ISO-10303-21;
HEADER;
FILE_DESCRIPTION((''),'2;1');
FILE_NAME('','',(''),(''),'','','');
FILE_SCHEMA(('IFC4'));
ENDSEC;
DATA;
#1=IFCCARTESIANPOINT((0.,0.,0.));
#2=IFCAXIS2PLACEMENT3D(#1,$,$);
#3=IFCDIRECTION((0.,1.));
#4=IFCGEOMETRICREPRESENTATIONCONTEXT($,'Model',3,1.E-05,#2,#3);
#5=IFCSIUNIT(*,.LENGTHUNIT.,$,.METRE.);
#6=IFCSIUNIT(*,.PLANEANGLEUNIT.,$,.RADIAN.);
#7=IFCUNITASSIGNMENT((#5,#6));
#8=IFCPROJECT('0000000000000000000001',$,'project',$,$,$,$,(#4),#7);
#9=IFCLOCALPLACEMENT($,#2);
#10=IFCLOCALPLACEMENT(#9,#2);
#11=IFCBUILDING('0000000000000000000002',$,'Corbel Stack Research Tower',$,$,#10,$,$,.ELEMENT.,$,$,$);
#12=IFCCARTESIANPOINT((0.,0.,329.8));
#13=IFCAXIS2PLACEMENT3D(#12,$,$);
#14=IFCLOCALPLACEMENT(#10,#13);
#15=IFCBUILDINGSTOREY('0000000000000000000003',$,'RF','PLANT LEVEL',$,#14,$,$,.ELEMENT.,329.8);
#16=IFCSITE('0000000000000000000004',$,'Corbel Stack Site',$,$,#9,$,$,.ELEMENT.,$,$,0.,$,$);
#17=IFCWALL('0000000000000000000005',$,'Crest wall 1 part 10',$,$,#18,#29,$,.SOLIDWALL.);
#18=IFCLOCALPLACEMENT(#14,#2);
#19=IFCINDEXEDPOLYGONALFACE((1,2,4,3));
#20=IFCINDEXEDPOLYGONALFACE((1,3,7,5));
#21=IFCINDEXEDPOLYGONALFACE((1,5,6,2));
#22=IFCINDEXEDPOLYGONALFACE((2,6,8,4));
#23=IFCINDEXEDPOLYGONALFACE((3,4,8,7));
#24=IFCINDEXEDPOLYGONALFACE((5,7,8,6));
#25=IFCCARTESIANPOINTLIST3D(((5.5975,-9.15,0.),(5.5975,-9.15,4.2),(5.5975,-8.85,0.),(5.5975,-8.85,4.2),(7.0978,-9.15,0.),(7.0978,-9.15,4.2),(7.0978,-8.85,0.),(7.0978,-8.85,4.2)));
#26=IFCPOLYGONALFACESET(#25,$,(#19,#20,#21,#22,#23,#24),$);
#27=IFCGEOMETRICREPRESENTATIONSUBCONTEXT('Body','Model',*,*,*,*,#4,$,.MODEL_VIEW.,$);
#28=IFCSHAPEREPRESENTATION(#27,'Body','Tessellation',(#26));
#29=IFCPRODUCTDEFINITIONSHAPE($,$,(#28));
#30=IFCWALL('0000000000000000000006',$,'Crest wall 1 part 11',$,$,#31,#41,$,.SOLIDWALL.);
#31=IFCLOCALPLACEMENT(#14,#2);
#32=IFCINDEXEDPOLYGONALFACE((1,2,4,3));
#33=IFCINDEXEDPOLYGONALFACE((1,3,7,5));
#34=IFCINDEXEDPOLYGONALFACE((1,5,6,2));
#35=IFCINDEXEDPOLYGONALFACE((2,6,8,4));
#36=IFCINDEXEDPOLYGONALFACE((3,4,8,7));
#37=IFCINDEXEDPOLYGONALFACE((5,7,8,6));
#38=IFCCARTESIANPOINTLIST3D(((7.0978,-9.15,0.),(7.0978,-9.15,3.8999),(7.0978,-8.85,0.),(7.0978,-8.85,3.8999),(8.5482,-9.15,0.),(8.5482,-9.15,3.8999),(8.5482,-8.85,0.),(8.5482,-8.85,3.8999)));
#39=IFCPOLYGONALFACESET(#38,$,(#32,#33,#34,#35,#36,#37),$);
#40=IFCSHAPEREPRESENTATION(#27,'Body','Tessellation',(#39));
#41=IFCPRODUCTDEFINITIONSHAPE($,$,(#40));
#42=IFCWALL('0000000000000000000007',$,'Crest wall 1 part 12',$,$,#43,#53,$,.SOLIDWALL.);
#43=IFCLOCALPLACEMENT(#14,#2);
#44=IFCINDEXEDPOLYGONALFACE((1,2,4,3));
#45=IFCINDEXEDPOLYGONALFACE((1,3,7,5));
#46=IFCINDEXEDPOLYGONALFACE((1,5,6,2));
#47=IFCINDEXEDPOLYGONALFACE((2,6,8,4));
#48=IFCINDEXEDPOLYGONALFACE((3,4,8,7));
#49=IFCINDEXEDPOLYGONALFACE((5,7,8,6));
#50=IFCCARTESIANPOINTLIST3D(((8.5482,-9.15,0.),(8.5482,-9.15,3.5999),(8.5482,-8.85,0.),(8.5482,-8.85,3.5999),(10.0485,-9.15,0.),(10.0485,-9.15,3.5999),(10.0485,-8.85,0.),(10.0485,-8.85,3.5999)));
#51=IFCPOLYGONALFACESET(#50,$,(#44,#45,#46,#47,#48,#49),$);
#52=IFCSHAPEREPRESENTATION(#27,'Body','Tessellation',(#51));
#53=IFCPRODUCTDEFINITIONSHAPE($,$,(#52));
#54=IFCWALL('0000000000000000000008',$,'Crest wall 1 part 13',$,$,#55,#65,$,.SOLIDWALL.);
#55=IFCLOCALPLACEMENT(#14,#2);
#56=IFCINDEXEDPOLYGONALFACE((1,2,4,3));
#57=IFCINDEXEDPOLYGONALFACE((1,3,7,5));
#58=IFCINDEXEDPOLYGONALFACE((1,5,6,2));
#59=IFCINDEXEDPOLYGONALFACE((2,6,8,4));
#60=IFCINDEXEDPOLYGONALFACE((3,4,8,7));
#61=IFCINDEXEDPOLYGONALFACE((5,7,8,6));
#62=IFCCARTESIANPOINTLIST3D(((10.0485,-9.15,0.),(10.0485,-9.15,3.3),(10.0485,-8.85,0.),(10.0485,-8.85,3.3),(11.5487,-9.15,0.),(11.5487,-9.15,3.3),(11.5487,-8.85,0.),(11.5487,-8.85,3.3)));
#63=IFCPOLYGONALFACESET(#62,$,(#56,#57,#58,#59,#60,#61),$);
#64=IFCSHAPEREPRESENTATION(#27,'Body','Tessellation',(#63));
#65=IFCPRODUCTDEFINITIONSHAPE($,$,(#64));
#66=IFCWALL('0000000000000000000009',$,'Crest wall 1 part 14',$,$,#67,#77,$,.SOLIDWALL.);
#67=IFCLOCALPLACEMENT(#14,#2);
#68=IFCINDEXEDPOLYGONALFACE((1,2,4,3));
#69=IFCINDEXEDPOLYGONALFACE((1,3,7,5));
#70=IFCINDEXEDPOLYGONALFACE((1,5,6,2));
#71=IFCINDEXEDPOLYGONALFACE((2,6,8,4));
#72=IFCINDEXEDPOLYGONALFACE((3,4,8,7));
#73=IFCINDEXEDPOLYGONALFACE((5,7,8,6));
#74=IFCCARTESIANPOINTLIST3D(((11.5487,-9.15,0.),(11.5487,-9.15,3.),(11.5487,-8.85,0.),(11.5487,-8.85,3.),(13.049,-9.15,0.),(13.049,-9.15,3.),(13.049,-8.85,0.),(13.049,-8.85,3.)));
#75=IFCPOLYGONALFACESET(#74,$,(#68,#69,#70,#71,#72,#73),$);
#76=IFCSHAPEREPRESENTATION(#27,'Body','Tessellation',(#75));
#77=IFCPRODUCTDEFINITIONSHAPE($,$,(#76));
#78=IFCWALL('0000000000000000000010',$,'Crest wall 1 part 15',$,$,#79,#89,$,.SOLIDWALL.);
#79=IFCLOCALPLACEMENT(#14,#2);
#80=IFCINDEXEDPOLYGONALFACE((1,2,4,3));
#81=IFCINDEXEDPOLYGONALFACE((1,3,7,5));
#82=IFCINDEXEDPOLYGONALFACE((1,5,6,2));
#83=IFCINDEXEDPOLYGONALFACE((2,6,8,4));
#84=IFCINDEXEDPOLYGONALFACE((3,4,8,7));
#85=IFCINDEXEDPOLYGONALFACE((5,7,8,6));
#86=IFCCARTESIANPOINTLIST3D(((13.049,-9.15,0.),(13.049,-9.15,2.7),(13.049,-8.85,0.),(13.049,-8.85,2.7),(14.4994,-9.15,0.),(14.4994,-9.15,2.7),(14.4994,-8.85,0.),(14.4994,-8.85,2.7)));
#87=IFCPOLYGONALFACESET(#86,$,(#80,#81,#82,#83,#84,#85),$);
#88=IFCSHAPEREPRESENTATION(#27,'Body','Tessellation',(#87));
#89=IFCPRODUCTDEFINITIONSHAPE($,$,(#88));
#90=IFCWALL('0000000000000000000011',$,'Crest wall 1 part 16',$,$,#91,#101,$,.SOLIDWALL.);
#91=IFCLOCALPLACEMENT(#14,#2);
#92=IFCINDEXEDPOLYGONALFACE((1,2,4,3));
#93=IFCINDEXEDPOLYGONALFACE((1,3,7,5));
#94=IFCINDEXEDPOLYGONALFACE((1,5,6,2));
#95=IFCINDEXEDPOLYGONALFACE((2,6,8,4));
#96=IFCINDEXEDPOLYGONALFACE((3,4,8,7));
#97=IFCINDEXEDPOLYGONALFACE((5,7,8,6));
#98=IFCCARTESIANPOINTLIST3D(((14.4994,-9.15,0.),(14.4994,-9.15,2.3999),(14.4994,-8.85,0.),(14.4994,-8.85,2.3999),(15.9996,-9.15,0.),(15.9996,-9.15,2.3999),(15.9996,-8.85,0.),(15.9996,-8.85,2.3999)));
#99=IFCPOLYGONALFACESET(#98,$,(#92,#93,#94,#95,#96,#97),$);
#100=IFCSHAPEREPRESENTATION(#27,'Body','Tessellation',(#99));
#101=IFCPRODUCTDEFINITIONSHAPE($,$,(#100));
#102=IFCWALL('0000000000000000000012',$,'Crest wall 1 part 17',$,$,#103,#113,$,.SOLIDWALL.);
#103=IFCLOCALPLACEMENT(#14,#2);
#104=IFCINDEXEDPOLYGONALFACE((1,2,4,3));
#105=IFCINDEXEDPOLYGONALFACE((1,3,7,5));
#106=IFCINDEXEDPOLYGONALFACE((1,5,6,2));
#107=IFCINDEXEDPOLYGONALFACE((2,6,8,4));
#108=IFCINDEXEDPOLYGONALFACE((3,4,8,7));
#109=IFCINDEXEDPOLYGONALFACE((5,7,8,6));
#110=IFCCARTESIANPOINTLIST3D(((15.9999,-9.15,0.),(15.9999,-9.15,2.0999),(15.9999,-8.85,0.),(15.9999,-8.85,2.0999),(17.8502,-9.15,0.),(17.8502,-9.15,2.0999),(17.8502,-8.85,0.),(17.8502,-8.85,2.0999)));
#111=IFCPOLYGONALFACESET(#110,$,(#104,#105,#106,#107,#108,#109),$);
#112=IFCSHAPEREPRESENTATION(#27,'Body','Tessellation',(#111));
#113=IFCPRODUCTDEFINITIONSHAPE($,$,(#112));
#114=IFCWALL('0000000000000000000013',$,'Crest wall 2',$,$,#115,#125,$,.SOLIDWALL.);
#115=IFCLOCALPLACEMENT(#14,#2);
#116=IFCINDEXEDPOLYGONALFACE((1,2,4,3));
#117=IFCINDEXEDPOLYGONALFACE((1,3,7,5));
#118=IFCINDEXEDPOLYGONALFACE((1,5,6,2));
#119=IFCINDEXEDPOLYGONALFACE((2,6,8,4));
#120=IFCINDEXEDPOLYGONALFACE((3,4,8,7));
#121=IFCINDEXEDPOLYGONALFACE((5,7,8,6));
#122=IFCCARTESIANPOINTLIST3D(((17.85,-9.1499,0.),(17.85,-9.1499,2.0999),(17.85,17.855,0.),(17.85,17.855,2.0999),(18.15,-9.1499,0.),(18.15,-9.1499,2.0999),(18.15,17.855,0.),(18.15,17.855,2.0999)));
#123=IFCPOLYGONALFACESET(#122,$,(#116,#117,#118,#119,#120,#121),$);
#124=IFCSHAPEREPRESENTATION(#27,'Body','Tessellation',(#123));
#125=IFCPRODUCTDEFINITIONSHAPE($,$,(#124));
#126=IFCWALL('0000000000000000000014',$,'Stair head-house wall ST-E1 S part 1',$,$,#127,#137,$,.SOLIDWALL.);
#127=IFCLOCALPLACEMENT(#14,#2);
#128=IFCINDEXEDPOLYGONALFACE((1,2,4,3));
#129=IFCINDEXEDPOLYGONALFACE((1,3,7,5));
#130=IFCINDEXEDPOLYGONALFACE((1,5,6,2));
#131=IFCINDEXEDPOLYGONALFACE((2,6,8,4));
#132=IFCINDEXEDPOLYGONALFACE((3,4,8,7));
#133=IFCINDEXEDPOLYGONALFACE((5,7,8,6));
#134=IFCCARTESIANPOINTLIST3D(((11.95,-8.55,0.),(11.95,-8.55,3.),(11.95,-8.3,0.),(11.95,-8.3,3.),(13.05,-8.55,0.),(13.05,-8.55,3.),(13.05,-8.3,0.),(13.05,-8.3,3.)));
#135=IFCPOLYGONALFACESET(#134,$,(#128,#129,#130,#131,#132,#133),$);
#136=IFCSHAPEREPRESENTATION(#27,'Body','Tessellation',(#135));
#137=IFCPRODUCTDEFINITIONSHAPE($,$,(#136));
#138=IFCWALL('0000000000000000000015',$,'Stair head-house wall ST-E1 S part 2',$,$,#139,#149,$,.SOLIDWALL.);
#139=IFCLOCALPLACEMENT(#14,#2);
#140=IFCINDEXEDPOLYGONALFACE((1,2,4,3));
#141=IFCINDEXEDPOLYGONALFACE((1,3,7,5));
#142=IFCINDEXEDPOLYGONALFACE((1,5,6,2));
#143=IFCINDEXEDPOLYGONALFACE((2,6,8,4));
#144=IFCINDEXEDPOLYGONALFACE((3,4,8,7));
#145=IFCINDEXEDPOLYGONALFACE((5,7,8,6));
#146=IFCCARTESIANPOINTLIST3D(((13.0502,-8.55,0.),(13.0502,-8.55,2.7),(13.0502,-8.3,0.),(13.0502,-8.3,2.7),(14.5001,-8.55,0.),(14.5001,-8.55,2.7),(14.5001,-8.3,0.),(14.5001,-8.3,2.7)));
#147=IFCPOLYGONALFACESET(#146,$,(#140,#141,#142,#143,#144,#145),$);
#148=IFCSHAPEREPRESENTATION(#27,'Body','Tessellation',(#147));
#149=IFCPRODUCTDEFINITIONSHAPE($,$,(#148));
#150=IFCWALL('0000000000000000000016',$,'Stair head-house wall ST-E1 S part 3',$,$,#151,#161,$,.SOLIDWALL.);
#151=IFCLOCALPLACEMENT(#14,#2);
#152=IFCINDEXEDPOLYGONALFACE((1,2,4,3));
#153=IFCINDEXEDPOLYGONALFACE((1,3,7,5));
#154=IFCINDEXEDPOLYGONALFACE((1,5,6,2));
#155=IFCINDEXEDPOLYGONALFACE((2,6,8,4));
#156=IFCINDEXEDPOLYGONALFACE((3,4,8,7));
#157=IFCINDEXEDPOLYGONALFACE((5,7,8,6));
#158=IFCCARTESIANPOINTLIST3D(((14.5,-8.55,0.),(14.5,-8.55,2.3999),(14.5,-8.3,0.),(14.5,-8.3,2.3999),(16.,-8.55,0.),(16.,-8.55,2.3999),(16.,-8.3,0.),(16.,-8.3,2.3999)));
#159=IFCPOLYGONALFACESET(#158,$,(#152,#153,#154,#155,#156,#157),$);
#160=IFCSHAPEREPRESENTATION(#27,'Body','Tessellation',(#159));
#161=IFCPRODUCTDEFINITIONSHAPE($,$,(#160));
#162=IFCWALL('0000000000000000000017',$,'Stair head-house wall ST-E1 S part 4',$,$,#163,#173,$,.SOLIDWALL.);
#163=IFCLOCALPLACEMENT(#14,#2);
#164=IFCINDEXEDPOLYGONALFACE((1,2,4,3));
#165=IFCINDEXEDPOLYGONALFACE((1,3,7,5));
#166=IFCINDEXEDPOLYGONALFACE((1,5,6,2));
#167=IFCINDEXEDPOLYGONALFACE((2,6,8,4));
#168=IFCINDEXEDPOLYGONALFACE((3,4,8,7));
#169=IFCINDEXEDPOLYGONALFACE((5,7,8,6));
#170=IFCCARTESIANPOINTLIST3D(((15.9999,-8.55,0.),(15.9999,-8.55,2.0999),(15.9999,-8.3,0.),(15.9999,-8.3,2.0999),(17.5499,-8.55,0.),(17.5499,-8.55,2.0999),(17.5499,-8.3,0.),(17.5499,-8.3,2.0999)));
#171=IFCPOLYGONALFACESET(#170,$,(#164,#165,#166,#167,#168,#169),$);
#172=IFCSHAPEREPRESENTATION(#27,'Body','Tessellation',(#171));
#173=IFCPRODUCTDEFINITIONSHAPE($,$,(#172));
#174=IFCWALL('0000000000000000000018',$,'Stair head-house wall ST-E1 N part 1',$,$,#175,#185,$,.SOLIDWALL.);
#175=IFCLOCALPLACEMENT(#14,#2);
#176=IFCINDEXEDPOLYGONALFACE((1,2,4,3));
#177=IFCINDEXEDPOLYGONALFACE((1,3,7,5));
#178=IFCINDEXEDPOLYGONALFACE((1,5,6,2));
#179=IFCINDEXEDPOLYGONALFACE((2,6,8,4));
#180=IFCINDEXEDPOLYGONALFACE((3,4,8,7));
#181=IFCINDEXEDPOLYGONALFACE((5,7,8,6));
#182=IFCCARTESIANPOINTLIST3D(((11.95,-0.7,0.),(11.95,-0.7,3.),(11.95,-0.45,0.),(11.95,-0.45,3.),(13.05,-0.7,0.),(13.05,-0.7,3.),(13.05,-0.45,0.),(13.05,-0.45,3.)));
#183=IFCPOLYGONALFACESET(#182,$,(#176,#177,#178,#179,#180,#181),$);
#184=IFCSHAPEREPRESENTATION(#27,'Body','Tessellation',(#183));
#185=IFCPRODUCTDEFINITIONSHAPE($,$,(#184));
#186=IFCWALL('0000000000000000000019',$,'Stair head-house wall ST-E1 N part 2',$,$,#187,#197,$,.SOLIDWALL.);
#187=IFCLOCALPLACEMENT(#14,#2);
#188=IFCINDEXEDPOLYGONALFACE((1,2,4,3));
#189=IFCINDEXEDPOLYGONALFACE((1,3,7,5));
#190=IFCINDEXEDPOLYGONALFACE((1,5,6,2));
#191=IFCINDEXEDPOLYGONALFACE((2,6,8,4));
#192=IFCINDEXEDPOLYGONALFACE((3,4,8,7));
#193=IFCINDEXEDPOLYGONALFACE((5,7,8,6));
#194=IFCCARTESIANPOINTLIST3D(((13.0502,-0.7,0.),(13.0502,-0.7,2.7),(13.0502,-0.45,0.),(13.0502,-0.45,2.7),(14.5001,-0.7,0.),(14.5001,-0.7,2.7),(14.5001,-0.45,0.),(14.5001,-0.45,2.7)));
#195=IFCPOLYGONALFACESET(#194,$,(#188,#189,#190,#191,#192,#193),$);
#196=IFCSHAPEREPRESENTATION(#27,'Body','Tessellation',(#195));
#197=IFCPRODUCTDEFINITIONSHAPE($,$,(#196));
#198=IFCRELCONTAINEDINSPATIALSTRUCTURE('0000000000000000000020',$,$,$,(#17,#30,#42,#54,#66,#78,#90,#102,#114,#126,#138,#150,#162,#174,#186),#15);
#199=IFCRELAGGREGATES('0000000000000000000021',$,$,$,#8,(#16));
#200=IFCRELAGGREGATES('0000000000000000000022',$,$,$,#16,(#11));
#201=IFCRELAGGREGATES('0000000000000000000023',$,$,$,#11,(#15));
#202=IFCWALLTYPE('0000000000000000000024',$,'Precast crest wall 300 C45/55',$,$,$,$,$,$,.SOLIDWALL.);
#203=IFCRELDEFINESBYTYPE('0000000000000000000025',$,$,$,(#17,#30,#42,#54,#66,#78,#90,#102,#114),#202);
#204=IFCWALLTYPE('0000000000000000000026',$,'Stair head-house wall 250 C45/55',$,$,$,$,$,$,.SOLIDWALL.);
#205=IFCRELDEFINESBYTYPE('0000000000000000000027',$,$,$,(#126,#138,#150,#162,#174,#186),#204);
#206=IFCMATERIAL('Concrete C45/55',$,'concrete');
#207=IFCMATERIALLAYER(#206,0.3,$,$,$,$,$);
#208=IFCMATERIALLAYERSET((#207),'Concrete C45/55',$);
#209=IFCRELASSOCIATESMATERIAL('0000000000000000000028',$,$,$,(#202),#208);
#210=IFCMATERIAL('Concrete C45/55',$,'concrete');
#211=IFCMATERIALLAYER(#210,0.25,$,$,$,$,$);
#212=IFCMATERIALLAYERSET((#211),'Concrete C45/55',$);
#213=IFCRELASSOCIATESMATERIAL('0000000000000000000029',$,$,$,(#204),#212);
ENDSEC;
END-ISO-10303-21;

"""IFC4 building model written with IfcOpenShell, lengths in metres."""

from ifc_helpers import new_model, si_unit, direction, frame, frame_2d, origin, place, context, subcontext, project, spatial, rectangle, extrude, material, layer, layer_set, type_object, element, save


model = new_model("IFC4")

# Units and contexts
model_context = context("Model", 3, precision=1e-05, world=origin(), true_north=direction((0.0, 1.0)))
body_context = subcontext(model_context, "Body", "Model", "MODEL_VIEW")
ifc_project = project(units=[si_unit("LENGTHUNIT", "METRE"), si_unit("PLANEANGLEUNIT", "RADIAN")], contexts=[model_context])

# Site, building, storey
site_placement = place(None, origin())
site = spatial("IfcSite", under=ifc_project, at=site_placement, Name="Corbel Stack Site", CompositionType="ELEMENT", RefElevation=0.0)
building_placement = place(site_placement, origin())
building = spatial("IfcBuilding", under=site, at=building_placement, Name="Corbel Stack Research Tower", CompositionType="ELEMENT")
storey_placement = place(building_placement, frame((0.0, 0.0, 329.8)))
storey = spatial("IfcBuildingStorey", under=building, at=storey_placement, Name="RF", Description="PLANT LEVEL", CompositionType="ELEMENT", Elevation=329.8)

# Walls
ifc_material_1 = material(Name="Concrete C45/55", Category="concrete")
ifc_layer_1 = layer(ifc_material_1, 0.3)
ifc_layer_set_1 = layer_set([ifc_layer_1], Name="Concrete C45/55")
wall_type_1 = type_object("IfcWallType", Name="Precast crest wall 300 C45/55", PredefinedType="SOLIDWALL", material=ifc_layer_set_1)
wall_1_placement = place(storey_placement, frame((5.5977, -9.0, 0.0), z_axis=(0.0, 0.0, 1.0), x_axis=(1.0, 0.0, 0.0)))
element("IfcWall", 1, at=wall_1_placement, inside=storey, type_object=wall_type_1, Name="Crest wall 1 part 10", PredefinedType="SOLIDWALL", context=body_context, shape_type="SweptSolid", body=[
    extrude(rectangle(XDim=1.5002, YDim=0.3, at=frame_2d((0.75, 0.0))), origin(), (0.0, 0.0, 1.0), 4.2),
])
wall_2_placement = place(storey_placement, frame((7.0979, -9.0, 0.0), z_axis=(0.0, 0.0, 1.0), x_axis=(1.0, 0.0, 0.0)))
element("IfcWall", 2, at=wall_2_placement, inside=storey, type_object=wall_type_1, Name="Crest wall 1 part 11", PredefinedType="SOLIDWALL", context=body_context, shape_type="SweptSolid", body=[
    extrude(rectangle(XDim=1.4504, YDim=0.3, at=frame_2d((0.7251, 0.0))), origin(), (0.0, 0.0, 1.0), 3.8999),
])
wall_3_placement = place(storey_placement, frame((8.5483, -9.0, 0.0), z_axis=(0.0, 0.0, 1.0), x_axis=(1.0, 0.0, 0.0)))
element("IfcWall", 3, at=wall_3_placement, inside=storey, type_object=wall_type_1, Name="Crest wall 1 part 12", PredefinedType="SOLIDWALL", context=body_context, shape_type="SweptSolid", body=[
    extrude(rectangle(XDim=1.5002, YDim=0.3, at=frame_2d((0.75, 0.0))), origin(), (0.0, 0.0, 1.0), 3.5999),
])
wall_4_placement = place(storey_placement, frame((10.0486, -9.0, 0.0), z_axis=(0.0, 0.0, 1.0), x_axis=(1.0, 0.0, 0.0)))
element("IfcWall", 4, at=wall_4_placement, inside=storey, type_object=wall_type_1, Name="Crest wall 1 part 13", PredefinedType="SOLIDWALL", context=body_context, shape_type="SweptSolid", body=[
    extrude(rectangle(XDim=1.5002, YDim=0.3, at=frame_2d((0.75, 0.0))), origin(), (0.0, 0.0, 1.0), 3.3),
])
wall_5_placement = place(storey_placement, frame((11.5488, -9.0, 0.0), z_axis=(0.0, 0.0, 1.0), x_axis=(1.0, 0.0, 0.0)))
element("IfcWall", 5, at=wall_5_placement, inside=storey, type_object=wall_type_1, Name="Crest wall 1 part 14", PredefinedType="SOLIDWALL", context=body_context, shape_type="SweptSolid", body=[
    extrude(rectangle(XDim=1.5002, YDim=0.3, at=frame_2d((0.75, 0.0))), origin(), (0.0, 0.0, 1.0), 3.0),
])
wall_6_placement = place(storey_placement, frame((13.0491, -9.0, 0.0), z_axis=(0.0, 0.0, 1.0), x_axis=(1.0, 0.0, 0.0)))
element("IfcWall", 6, at=wall_6_placement, inside=storey, type_object=wall_type_1, Name="Crest wall 1 part 15", PredefinedType="SOLIDWALL", context=body_context, shape_type="SweptSolid", body=[
    extrude(rectangle(XDim=1.4504, YDim=0.3, at=frame_2d((0.7251, 0.0))), origin(), (0.0, 0.0, 1.0), 2.7),
])
wall_7_placement = place(storey_placement, frame((14.4995, -9.0, 0.0), z_axis=(0.0, 0.0, 1.0), x_axis=(1.0, 0.0, 0.0)))
element("IfcWall", 7, at=wall_7_placement, inside=storey, type_object=wall_type_1, Name="Crest wall 1 part 16", PredefinedType="SOLIDWALL", context=body_context, shape_type="SweptSolid", body=[
    extrude(rectangle(XDim=1.5002, YDim=0.3, at=frame_2d((0.75, 0.0))), origin(), (0.0, 0.0, 1.0), 2.3999),
])
wall_8_placement = place(storey_placement, frame((15.9998, -9.0, 0.0), z_axis=(0.0, 0.0, 1.0), x_axis=(1.0, 0.0, 0.0)))
element("IfcWall", 8, at=wall_8_placement, inside=storey, type_object=wall_type_1, Name="Crest wall 1 part 17", PredefinedType="SOLIDWALL", context=body_context, shape_type="SweptSolid", body=[
    extrude(rectangle(XDim=1.8503, YDim=0.3, at=frame_2d((0.9253, 0.0))), origin(), (0.0, 0.0, 1.0), 2.0999),
])
wall_9_placement = place(storey_placement, frame((18.0, -9.1499, 0.0), z_axis=(0.0, 0.0, 1.0), x_axis=(0.0, 1.0, 0.0)))
element("IfcWall", 9, at=wall_9_placement, inside=storey, type_object=wall_type_1, Name="Crest wall 2", PredefinedType="SOLIDWALL", context=body_context, shape_type="SweptSolid", body=[
    extrude(rectangle(XDim=27.0049, YDim=0.3, at=frame_2d((13.5024, 0.0))), origin(), (0.0, 0.0, 1.0), 2.0999),
])
ifc_material_2 = material(Name="Concrete C45/55", Category="concrete")
ifc_layer_2 = layer(ifc_material_2, 0.25)
ifc_layer_set_2 = layer_set([ifc_layer_2], Name="Concrete C45/55")
wall_type_2 = type_object("IfcWallType", Name="Stair head-house wall 250 C45/55", PredefinedType="SOLIDWALL", material=ifc_layer_set_2)
wall_10_placement = place(storey_placement, frame((11.95, -8.425, 0.0), z_axis=(0.0, 0.0, 1.0), x_axis=(1.0, 0.0, 0.0)))
element("IfcWall", 10, at=wall_10_placement, inside=storey, type_object=wall_type_2, Name="Stair head-house wall ST-E1 S part 1", PredefinedType="SOLIDWALL", context=body_context, shape_type="SweptSolid", body=[
    extrude(rectangle(XDim=1.1001, YDim=0.25, at=frame_2d((0.55, 0.0))), origin(), (0.0, 0.0, 1.0), 3.0),
])
wall_11_placement = place(storey_placement, frame((13.05, -8.425, 0.0), z_axis=(0.0, 0.0, 1.0), x_axis=(1.0, 0.0, 0.0)))
element("IfcWall", 11, at=wall_11_placement, inside=storey, type_object=wall_type_2, Name="Stair head-house wall ST-E1 S part 2", PredefinedType="SOLIDWALL", context=body_context, shape_type="SweptSolid", body=[
    extrude(rectangle(XDim=1.45, YDim=0.25, at=frame_2d((0.7251, 0.0))), origin(), (0.0, 0.0, 1.0), 2.7),
])
wall_12_placement = place(storey_placement, frame((14.5, -8.425, 0.0), z_axis=(0.0, 0.0, 1.0), x_axis=(1.0, 0.0, 0.0)))
element("IfcWall", 12, at=wall_12_placement, inside=storey, type_object=wall_type_2, Name="Stair head-house wall ST-E1 S part 3", PredefinedType="SOLIDWALL", context=body_context, shape_type="SweptSolid", body=[
    extrude(rectangle(XDim=1.5, YDim=0.25, at=frame_2d((0.75, 0.0))), origin(), (0.0, 0.0, 1.0), 2.3999),
])
wall_13_placement = place(storey_placement, frame((16.0, -8.425, 0.0), z_axis=(0.0, 0.0, 1.0), x_axis=(1.0, 0.0, 0.0)))
element("IfcWall", 13, at=wall_13_placement, inside=storey, type_object=wall_type_2, Name="Stair head-house wall ST-E1 S part 4", PredefinedType="SOLIDWALL", context=body_context, shape_type="SweptSolid", body=[
    extrude(rectangle(XDim=1.55, YDim=0.25, at=frame_2d((0.7749, 0.0))), origin(), (0.0, 0.0, 1.0), 2.0999),
])
wall_14_placement = place(storey_placement, frame((11.95, -0.575, 0.0), z_axis=(0.0, 0.0, 1.0), x_axis=(1.0, 0.0, 0.0)))
element("IfcWall", 14, at=wall_14_placement, inside=storey, type_object=wall_type_2, Name="Stair head-house wall ST-E1 N part 1", PredefinedType="SOLIDWALL", context=body_context, shape_type="SweptSolid", body=[
    extrude(rectangle(XDim=1.1001, YDim=0.25, at=frame_2d((0.55, 0.0))), origin(), (0.0, 0.0, 1.0), 3.0),
])
wall_15_placement = place(storey_placement, frame((13.05, -0.575, 0.0), z_axis=(0.0, 0.0, 1.0), x_axis=(1.0, 0.0, 0.0)))
element("IfcWall", 15, at=wall_15_placement, inside=storey, type_object=wall_type_2, Name="Stair head-house wall ST-E1 N part 2", PredefinedType="SOLIDWALL", context=body_context, shape_type="SweptSolid", body=[
    extrude(rectangle(XDim=1.45, YDim=0.25, at=frame_2d((0.7251, 0.0))), origin(), (0.0, 0.0, 1.0), 2.7),
])

save(model, "model.ifc")
